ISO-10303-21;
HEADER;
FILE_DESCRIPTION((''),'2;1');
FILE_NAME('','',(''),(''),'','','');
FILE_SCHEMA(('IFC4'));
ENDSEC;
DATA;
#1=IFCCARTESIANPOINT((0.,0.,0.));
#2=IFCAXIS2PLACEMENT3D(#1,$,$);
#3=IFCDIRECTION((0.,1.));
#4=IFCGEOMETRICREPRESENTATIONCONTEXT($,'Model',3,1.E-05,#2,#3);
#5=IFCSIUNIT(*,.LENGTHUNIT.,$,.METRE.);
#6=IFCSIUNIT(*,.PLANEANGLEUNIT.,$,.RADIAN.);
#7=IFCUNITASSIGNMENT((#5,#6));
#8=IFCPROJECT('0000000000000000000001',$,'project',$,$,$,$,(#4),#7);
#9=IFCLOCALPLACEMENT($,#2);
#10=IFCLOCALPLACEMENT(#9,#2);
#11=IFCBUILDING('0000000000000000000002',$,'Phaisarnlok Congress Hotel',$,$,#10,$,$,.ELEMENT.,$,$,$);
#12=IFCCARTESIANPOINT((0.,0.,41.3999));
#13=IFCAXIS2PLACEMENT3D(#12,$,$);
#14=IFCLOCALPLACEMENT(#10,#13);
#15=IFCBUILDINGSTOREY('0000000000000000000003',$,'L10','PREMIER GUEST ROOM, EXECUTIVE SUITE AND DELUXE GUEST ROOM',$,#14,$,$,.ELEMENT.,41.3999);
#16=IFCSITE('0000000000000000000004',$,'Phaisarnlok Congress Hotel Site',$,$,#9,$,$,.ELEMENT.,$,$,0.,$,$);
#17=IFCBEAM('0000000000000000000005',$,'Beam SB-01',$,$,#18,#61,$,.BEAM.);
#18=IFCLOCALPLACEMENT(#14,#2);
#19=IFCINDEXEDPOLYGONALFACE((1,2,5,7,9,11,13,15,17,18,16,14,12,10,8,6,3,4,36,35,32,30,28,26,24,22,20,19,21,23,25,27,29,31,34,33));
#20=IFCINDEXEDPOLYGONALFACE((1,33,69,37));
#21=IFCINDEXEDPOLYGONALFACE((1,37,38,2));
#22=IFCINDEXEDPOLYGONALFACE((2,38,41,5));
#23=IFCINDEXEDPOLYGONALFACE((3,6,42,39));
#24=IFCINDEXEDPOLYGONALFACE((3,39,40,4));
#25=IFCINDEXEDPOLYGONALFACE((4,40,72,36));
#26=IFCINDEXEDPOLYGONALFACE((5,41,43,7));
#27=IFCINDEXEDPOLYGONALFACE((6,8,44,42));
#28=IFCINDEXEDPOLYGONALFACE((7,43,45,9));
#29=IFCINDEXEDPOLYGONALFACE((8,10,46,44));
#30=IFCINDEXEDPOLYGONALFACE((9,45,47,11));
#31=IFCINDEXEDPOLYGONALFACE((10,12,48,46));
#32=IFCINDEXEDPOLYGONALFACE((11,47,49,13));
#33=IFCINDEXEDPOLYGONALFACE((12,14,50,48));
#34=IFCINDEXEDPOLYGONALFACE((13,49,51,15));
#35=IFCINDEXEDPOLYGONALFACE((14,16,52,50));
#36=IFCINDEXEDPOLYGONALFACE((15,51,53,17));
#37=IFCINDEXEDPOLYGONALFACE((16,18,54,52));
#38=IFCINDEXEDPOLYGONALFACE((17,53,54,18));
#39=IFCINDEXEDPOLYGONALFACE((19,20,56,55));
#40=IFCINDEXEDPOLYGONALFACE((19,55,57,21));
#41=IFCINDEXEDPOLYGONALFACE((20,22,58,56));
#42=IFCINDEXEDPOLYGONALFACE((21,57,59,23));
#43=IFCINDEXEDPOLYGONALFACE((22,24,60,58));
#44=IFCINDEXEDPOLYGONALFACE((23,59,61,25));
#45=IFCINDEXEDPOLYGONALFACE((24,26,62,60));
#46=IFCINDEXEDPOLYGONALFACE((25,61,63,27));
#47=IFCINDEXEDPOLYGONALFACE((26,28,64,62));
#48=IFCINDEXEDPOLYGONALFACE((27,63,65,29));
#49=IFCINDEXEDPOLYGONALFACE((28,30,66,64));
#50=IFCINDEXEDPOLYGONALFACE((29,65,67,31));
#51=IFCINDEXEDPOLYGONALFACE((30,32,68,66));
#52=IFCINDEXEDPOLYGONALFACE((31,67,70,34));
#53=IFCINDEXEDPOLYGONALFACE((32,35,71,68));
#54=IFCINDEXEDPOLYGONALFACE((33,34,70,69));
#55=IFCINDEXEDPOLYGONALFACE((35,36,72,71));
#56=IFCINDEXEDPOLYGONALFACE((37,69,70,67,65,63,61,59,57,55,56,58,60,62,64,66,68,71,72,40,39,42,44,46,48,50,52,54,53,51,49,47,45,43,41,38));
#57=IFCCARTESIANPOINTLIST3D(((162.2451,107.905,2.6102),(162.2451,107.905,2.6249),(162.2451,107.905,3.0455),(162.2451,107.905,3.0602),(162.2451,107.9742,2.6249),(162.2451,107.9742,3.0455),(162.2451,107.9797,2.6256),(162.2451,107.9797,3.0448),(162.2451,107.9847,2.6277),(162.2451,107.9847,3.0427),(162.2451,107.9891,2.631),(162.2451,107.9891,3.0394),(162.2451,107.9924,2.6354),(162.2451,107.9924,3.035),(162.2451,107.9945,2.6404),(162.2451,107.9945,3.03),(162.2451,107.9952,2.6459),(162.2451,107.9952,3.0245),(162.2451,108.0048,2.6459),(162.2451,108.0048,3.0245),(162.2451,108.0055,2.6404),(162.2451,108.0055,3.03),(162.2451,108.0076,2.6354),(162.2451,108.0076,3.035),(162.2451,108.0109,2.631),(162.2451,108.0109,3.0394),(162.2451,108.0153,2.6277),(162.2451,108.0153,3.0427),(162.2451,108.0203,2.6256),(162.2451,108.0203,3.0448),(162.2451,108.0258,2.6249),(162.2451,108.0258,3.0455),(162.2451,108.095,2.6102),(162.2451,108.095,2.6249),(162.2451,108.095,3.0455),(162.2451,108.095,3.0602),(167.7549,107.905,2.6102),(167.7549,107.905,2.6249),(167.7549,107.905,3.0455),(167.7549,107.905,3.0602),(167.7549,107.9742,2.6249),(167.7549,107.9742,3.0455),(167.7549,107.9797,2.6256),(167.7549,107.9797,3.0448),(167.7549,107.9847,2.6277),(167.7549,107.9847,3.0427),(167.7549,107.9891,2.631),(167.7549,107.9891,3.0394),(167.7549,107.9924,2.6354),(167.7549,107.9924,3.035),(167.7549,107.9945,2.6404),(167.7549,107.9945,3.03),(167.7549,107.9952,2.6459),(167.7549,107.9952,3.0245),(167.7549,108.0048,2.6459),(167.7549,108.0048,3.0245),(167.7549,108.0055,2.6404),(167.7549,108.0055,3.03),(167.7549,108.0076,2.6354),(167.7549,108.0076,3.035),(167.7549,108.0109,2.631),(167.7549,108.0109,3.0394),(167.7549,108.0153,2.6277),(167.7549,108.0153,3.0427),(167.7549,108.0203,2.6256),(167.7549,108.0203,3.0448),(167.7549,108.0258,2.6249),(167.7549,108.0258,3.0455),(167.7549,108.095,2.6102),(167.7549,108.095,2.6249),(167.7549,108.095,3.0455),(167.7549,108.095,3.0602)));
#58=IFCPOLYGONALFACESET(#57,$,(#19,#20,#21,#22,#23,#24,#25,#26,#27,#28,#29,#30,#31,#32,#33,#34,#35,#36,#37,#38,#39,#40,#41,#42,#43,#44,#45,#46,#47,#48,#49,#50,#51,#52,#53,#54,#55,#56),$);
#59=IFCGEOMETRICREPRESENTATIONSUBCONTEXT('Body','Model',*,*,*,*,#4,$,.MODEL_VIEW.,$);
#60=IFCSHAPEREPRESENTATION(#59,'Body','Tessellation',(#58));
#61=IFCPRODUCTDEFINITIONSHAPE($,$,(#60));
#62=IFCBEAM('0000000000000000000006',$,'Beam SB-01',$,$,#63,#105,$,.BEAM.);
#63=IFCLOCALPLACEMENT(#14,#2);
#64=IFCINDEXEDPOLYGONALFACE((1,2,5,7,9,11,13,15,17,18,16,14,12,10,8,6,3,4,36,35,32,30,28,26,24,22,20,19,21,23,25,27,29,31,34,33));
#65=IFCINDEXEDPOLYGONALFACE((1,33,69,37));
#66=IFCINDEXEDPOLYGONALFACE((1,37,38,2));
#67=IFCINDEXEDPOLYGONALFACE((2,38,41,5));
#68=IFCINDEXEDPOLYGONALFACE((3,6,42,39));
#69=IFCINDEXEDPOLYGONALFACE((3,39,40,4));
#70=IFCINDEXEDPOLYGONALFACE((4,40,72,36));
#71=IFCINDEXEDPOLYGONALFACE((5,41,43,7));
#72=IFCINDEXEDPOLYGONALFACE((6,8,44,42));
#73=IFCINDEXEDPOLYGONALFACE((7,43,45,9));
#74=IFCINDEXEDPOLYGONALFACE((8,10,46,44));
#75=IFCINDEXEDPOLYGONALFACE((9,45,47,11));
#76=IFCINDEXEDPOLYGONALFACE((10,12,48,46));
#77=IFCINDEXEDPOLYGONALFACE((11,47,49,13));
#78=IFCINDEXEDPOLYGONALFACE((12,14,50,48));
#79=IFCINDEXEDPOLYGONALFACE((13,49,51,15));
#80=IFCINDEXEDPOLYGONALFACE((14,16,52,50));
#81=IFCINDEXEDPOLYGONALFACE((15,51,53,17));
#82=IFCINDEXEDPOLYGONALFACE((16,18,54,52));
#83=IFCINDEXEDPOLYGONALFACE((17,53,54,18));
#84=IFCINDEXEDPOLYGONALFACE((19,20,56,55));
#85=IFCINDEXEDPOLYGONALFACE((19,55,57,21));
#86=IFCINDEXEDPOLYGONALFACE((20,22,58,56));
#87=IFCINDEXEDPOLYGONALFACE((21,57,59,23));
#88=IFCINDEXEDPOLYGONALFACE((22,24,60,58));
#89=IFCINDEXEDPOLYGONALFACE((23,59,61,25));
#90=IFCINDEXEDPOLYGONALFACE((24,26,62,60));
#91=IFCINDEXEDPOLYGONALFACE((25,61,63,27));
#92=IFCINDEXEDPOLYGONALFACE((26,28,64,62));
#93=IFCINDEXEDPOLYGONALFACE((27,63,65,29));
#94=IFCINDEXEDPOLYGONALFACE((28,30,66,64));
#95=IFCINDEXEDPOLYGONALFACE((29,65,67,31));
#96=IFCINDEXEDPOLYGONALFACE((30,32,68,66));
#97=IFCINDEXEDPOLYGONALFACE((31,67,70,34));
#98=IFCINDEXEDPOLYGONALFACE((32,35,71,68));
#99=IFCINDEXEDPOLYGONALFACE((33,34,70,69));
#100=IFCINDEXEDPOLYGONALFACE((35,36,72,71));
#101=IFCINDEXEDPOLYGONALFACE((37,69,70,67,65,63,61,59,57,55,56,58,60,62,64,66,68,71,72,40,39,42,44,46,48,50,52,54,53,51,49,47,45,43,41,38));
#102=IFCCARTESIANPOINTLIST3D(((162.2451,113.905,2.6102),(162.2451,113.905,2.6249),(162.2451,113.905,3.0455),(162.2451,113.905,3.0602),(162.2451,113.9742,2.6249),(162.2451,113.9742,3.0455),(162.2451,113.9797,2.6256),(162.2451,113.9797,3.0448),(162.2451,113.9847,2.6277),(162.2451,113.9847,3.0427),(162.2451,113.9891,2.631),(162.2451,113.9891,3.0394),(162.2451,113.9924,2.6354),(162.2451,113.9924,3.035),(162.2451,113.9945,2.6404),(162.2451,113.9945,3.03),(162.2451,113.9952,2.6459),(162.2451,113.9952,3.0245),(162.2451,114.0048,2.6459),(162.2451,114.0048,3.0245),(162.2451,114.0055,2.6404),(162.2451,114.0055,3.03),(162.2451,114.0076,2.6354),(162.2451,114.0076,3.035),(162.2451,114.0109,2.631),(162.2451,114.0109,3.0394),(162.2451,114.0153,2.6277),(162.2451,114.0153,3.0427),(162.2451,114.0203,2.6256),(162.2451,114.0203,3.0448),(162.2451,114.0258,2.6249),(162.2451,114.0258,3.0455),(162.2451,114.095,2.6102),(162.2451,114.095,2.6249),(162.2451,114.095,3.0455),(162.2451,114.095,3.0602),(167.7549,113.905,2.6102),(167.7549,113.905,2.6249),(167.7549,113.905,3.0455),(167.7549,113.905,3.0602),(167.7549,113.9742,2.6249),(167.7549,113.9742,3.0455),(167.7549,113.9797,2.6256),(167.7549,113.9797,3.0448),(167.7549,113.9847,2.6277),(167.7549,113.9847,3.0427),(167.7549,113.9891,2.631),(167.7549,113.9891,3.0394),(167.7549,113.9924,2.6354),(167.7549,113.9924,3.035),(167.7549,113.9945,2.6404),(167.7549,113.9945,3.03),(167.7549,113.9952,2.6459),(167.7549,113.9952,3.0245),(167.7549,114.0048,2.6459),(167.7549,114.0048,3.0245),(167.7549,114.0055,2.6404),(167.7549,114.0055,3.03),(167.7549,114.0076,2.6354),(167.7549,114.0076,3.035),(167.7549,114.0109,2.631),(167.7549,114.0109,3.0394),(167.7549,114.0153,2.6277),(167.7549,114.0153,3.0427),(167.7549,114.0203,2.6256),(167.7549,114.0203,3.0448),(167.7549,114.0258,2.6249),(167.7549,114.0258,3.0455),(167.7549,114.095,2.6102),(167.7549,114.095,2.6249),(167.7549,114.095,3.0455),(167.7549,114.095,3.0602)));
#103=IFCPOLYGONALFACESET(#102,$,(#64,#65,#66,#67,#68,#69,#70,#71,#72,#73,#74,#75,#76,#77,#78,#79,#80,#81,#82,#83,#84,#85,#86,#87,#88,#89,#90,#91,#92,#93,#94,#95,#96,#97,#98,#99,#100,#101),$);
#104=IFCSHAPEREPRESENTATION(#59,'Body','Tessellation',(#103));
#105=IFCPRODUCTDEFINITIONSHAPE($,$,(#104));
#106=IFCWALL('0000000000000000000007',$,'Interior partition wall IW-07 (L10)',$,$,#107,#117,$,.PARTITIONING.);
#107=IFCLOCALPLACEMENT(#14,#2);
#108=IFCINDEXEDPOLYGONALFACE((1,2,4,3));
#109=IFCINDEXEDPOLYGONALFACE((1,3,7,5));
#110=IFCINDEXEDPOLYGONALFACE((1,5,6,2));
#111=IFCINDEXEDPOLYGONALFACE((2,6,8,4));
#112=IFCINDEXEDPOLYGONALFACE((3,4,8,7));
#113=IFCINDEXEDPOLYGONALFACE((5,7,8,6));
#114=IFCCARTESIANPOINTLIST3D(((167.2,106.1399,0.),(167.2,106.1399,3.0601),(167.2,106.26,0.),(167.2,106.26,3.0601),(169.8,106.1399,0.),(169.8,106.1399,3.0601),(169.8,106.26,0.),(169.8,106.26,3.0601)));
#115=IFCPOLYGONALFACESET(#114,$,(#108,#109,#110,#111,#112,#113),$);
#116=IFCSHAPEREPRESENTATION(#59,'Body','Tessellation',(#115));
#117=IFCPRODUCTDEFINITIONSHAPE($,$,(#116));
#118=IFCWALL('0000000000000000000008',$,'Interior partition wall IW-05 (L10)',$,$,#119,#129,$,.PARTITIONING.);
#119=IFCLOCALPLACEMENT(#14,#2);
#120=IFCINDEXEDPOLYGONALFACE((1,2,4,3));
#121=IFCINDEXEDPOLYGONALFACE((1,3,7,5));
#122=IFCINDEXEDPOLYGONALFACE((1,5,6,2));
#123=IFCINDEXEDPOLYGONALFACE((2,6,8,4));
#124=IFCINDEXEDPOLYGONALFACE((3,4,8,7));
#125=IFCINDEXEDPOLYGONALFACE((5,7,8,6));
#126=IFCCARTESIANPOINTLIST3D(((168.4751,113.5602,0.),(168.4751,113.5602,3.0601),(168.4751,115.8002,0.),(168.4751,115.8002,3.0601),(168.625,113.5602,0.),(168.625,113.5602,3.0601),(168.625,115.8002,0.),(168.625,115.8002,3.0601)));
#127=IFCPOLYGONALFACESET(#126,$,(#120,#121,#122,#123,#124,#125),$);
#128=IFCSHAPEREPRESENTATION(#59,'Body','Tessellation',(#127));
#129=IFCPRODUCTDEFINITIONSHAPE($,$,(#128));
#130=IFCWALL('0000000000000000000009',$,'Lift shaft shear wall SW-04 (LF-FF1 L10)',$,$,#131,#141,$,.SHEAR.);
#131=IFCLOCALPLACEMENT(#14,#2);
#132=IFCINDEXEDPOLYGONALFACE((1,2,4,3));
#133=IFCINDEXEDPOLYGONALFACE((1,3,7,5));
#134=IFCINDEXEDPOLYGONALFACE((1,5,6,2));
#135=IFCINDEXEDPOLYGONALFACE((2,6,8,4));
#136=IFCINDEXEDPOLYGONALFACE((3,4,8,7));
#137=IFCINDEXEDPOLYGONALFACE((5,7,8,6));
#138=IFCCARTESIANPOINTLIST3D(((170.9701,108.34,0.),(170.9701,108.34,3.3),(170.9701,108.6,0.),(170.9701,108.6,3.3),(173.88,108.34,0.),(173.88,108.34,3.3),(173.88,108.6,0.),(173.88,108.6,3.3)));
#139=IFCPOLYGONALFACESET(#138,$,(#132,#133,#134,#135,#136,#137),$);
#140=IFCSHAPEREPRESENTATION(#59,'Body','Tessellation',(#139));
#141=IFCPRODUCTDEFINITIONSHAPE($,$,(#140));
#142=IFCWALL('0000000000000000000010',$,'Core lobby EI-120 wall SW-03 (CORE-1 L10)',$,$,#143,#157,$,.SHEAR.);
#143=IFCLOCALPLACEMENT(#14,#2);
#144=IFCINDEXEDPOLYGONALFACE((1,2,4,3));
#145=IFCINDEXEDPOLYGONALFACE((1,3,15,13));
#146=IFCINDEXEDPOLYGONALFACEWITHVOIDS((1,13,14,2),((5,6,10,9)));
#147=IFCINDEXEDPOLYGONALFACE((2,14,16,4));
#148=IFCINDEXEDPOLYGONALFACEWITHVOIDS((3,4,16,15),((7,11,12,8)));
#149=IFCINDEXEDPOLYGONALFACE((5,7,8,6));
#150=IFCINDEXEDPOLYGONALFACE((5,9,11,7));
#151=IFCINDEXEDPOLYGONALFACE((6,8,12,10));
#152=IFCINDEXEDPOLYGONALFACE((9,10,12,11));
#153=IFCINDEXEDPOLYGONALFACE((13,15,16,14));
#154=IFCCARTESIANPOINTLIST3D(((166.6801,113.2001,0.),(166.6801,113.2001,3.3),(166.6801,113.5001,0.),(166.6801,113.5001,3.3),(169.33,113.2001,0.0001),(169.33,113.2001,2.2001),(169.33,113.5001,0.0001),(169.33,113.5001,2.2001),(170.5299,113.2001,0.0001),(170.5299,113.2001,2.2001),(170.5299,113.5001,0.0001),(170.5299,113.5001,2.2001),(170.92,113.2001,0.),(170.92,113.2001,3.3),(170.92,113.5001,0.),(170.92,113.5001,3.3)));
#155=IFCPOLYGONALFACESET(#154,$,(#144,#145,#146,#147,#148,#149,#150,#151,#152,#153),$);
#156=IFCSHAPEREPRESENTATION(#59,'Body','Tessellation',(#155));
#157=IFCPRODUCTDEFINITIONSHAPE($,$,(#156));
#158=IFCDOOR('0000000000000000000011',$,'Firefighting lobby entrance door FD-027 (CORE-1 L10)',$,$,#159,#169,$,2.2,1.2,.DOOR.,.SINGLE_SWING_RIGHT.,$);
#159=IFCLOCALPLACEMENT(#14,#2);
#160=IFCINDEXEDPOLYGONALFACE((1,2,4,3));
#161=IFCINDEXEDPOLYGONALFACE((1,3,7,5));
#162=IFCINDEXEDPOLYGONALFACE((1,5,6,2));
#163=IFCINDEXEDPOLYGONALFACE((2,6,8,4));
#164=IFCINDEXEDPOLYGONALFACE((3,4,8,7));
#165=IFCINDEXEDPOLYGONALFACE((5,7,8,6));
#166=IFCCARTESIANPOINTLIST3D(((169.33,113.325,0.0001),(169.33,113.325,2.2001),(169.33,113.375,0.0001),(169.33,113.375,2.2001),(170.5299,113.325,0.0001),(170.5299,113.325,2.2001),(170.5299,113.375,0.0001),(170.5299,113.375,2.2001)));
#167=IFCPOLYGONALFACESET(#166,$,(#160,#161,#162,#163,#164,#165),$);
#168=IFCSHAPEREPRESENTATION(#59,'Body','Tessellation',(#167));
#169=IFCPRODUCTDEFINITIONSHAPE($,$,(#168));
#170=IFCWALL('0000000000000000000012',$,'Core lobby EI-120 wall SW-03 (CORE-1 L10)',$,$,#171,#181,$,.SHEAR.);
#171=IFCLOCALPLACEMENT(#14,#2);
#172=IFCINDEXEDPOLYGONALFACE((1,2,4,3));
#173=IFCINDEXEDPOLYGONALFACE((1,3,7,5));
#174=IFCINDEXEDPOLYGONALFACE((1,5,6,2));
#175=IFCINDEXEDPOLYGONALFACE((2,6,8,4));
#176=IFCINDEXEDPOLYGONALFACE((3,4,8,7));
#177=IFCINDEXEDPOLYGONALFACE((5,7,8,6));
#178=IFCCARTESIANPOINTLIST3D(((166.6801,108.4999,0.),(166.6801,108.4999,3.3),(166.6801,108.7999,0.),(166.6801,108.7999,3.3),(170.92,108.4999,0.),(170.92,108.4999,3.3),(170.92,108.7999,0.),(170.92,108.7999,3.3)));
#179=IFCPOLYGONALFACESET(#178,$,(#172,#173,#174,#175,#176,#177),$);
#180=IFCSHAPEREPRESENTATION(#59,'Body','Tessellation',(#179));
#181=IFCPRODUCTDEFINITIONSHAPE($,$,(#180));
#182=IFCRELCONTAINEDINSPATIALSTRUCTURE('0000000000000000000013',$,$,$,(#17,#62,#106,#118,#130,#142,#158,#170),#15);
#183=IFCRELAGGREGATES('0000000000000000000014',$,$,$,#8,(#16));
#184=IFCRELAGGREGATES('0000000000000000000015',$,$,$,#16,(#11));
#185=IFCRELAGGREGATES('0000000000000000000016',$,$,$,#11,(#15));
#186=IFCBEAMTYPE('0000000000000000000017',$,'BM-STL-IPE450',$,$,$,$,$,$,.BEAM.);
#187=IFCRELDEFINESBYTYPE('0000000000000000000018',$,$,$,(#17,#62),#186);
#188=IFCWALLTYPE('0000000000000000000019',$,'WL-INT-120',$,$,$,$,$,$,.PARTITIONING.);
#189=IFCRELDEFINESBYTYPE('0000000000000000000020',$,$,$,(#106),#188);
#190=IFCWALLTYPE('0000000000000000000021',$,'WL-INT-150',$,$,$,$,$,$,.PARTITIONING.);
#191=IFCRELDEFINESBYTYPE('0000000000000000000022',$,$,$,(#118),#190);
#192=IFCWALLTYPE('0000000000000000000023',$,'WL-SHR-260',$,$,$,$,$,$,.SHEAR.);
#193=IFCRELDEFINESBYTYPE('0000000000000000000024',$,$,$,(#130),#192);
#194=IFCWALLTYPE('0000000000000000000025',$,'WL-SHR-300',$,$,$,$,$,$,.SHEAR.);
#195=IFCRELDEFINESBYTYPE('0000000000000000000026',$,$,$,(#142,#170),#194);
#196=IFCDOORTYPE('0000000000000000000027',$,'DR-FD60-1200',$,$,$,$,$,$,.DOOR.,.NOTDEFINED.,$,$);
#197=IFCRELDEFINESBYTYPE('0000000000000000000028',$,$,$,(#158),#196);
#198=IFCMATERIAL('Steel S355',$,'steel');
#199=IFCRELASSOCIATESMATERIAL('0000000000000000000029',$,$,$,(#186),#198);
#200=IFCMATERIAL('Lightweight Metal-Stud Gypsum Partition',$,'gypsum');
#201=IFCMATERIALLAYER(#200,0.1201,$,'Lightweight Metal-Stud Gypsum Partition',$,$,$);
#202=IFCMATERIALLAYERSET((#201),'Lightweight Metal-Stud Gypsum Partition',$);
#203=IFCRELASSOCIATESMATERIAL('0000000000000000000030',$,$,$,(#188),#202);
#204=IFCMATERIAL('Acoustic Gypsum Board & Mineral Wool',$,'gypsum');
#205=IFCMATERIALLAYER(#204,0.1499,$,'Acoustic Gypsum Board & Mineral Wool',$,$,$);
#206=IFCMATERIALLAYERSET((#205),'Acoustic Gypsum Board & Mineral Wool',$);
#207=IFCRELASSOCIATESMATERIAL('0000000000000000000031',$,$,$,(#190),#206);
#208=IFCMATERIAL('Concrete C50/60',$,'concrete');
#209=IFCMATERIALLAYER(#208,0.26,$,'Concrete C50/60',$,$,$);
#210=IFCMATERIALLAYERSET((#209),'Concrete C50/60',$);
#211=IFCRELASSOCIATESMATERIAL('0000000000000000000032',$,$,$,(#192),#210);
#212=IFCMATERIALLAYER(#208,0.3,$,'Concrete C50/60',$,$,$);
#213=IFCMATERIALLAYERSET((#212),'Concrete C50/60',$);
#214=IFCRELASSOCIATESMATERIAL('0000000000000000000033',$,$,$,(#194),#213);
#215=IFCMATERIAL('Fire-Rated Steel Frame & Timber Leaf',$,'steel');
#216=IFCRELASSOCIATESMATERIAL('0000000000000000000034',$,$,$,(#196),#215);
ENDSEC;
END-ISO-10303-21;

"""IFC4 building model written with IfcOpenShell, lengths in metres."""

from ifc_helpers import new_model, si_unit, direction, frame, frame_2d, origin, origin_2d, place, context, subcontext, project, spatial, rectangle, i_section, extrude, material, layer, layer_set, material_profile, profile_set, type_object, element, fill, save


model = new_model("IFC4")

# Units and contexts
model_context = context("Model", 3, precision=1e-05, world=origin(), true_north=direction((0.0, 1.0)))
body_context = subcontext(model_context, "Body", "Model", "MODEL_VIEW")
ifc_project = project(units=[si_unit("LENGTHUNIT", "METRE"), si_unit("PLANEANGLEUNIT", "RADIAN")], contexts=[model_context])

# Site, building, storey
site_placement = place(None, origin())
site = spatial("IfcSite", under=ifc_project, at=site_placement, Name="Phaisarnlok Congress Hotel Site", CompositionType="ELEMENT", RefElevation=0.0)
building_placement = place(site_placement, origin())
building = spatial("IfcBuilding", under=site, at=building_placement, Name="Phaisarnlok Congress Hotel", CompositionType="ELEMENT")
storey_placement = place(building_placement, frame((0.0, 0.0, 41.3999)))
storey = spatial("IfcBuildingStorey", under=building, at=storey_placement, Name="L10", Description="PREMIER GUEST ROOM, EXECUTIVE SUITE AND DELUXE GUEST ROOM", CompositionType="ELEMENT", Elevation=41.3999)

# Shared definitions
ifc_material_1 = material(Name="Concrete C50/60", Category="concrete")

# Beams
ifc_material_2 = material(Name="Steel S355", Category="steel")
ifc_material_profile_1 = material_profile(ifc_material_2, i_section(OverallWidth=0.1899, OverallDepth=0.45, WebThickness=0.0095, FlangeThickness=0.0146, FilletRadius=0.021, at=origin_2d()), Name="IPE 450")
ifc_profile_set_1 = profile_set([ifc_material_profile_1], Name="Steel S355")
beam_type_1 = type_object("IfcBeamType", Name="BM-STL-IPE450", PredefinedType="BEAM", material=ifc_profile_set_1)
for number, where, z_axis, x_axis, name in (
    (1, (162.2451, 108.0, 2.8352), (1.0, 0.0, 0.0), (0.0, 1.0, 0.0), "Beam SB-01"),
    (2, (162.2451, 114.0, 2.8352), (1.0, 0.0, 0.0), (0.0, 1.0, 0.0), "Beam SB-01"),
):
    element("IfcBeam", number, at=place(storey_placement, frame(where, z_axis=z_axis, x_axis=x_axis)), inside=storey, type_object=beam_type_1, Name=name, PredefinedType="BEAM", context=body_context, shape_type="SweptSolid", body=[
        extrude(i_section(OverallWidth=0.1899, OverallDepth=0.45, WebThickness=0.0095, FlangeThickness=0.0146, FilletRadius=0.021, at=origin_2d()), origin(), (0.0, 0.0, 1.0), 5.5098),
    ])

# Walls
ifc_material_3 = material(Name="Lightweight Metal-Stud Gypsum Partition", Category="gypsum")
ifc_layer_1 = layer(ifc_material_3, 0.1201, Name="Lightweight Metal-Stud Gypsum Partition")
ifc_layer_set_1 = layer_set([ifc_layer_1], Name="Lightweight Metal-Stud Gypsum Partition")
wall_type_1 = type_object("IfcWallType", Name="WL-INT-120", PredefinedType="PARTITIONING", material=ifc_layer_set_1)
wall_1_placement = place(storey_placement, frame((167.2, 106.2, 0.0), z_axis=(0.0, 0.0, 1.0), x_axis=(1.0, 0.0, 0.0)))
element("IfcWall", 3, at=wall_1_placement, inside=storey, type_object=wall_type_1, Name="Interior partition wall IW-07 (L10)", PredefinedType="PARTITIONING", context=body_context, shape_type="SweptSolid", body=[
    extrude(rectangle(XDim=2.6001, YDim=0.1201, at=frame_2d((1.3, 0.0))), origin(), (0.0, 0.0, 1.0), 3.0601),
])
ifc_material_4 = material(Name="Acoustic Gypsum Board & Mineral Wool", Category="gypsum")
ifc_layer_2 = layer(ifc_material_4, 0.1499, Name="Acoustic Gypsum Board & Mineral Wool")
ifc_layer_set_2 = layer_set([ifc_layer_2], Name="Acoustic Gypsum Board & Mineral Wool")
wall_type_2 = type_object("IfcWallType", Name="WL-INT-150", PredefinedType="PARTITIONING", material=ifc_layer_set_2)
wall_2_placement = place(storey_placement, frame((168.55, 113.5601, 0.0), z_axis=(0.0, 0.0, 1.0), x_axis=(0.0, 1.0, 0.0)))
element("IfcWall", 4, at=wall_2_placement, inside=storey, type_object=wall_type_2, Name="Interior partition wall IW-05 (L10)", PredefinedType="PARTITIONING", context=body_context, shape_type="SweptSolid", body=[
    extrude(rectangle(XDim=2.24, YDim=0.1499, at=frame_2d((1.1201, 0.0))), origin(), (0.0, 0.0, 1.0), 3.0601),
])

# Shared definitions
ifc_layer_3 = layer(ifc_material_1, 0.26, Name="Concrete C50/60")
ifc_layer_set_3 = layer_set([ifc_layer_3], Name="Concrete C50/60")
wall_type_3 = type_object("IfcWallType", Name="WL-SHR-260", PredefinedType="SHEAR", material=ifc_layer_set_3)
ifc_material_5 = material(Name="Fire-Rated Steel Frame & Timber Leaf", Category="steel")

# Wall
wall_3_placement = place(storey_placement, frame((170.97, 108.47, 0.0), z_axis=(0.0, 0.0, 1.0), x_axis=(1.0, 0.0, 0.0)))
element("IfcWall", 5, at=wall_3_placement, inside=storey, type_object=wall_type_3, Name="Lift shaft shear wall SW-04 (LF-FF1 L10)", PredefinedType="SHEAR", context=body_context, shape_type="SweptSolid", body=[
    extrude(rectangle(XDim=2.9099, YDim=0.26, at=frame_2d((1.4551, 0.0))), origin(), (0.0, 0.0, 1.0), 3.3),
])

# Wall, opening, door
ifc_layer_4 = layer(ifc_material_1, 0.3, Name="Concrete C50/60")
ifc_layer_set_4 = layer_set([ifc_layer_4], Name="Concrete C50/60")
wall_type_4 = type_object("IfcWallType", Name="WL-SHR-300", PredefinedType="SHEAR", material=ifc_layer_set_4)
wall_4_placement = place(storey_placement, frame((166.6799, 113.3501, 0.0), z_axis=(0.0, 0.0, 1.0), x_axis=(1.0, 0.0, 0.0)))
wall_4 = element("IfcWall", 6, at=wall_4_placement, inside=storey, type_object=wall_type_4, Name="Core lobby EI-120 wall SW-03 (CORE-1 L10)", PredefinedType="SHEAR", context=body_context, shape_type="SweptSolid", body=[
    extrude(rectangle(XDim=4.24, YDim=0.3, at=frame_2d((2.1201, 0.0))), origin(), (0.0, 0.0, 1.0), 3.3),
])
opening_1_placement = place(wall_4_placement, frame((2.6499, 0.0, 0.0)))
opening_1 = element("IfcOpeningElement", 7, at=opening_1_placement, cuts=wall_4, PredefinedType="OPENING", context=body_context, shape_type="SweptSolid", body=[
    extrude(rectangle(XDim=1.2, YDim=2.2, at=frame_2d((0.6001, 1.1001))), frame((0.0, 0.1602, 0.0), z_axis=(0.0, -1.0, 0.0), x_axis=(1.0, 0.0, 0.0)), (0.0, 0.0, 1.0), 0.3201),
])
door_type_1 = type_object("IfcDoorType", Name="DR-FD60-1200", OperationType="NOTDEFINED", PredefinedType="DOOR", material=ifc_material_5)
door_1_placement = place(opening_1_placement, origin())
door_1 = element("IfcDoor", 8, at=door_1_placement, inside=storey, type_object=door_type_1, Name="Firefighting lobby entrance door FD-027 (CORE-1 L10)", OperationType="SINGLE_SWING_RIGHT", OverallHeight=2.2, OverallWidth=1.2, PredefinedType="DOOR", context=body_context, shape_type="SweptSolid", body=[
    extrude(rectangle(XDim=1.2, YDim=2.2, at=frame_2d((0.6001, 1.1001))), frame((0.0, 0.0249, 0.0), z_axis=(0.0, -1.0, 0.0), x_axis=(1.0, 0.0, 0.0)), (0.0, 0.0, 1.0), 0.05),
])
fill(opening_1, door_1)

# Wall
wall_5_placement = place(storey_placement, frame((166.6799, 108.6499, 0.0), z_axis=(0.0, 0.0, 1.0), x_axis=(1.0, 0.0, 0.0)))
element("IfcWall", 9, at=wall_5_placement, inside=storey, type_object=wall_type_4, Name="Core lobby EI-120 wall SW-03 (CORE-1 L10)", PredefinedType="SHEAR", context=body_context, shape_type="SweptSolid", body=[
    extrude(rectangle(XDim=4.24, YDim=0.3, at=frame_2d((2.1201, 0.0))), origin(), (0.0, 0.0, 1.0), 3.3),
])

save(model, "model.ifc")
